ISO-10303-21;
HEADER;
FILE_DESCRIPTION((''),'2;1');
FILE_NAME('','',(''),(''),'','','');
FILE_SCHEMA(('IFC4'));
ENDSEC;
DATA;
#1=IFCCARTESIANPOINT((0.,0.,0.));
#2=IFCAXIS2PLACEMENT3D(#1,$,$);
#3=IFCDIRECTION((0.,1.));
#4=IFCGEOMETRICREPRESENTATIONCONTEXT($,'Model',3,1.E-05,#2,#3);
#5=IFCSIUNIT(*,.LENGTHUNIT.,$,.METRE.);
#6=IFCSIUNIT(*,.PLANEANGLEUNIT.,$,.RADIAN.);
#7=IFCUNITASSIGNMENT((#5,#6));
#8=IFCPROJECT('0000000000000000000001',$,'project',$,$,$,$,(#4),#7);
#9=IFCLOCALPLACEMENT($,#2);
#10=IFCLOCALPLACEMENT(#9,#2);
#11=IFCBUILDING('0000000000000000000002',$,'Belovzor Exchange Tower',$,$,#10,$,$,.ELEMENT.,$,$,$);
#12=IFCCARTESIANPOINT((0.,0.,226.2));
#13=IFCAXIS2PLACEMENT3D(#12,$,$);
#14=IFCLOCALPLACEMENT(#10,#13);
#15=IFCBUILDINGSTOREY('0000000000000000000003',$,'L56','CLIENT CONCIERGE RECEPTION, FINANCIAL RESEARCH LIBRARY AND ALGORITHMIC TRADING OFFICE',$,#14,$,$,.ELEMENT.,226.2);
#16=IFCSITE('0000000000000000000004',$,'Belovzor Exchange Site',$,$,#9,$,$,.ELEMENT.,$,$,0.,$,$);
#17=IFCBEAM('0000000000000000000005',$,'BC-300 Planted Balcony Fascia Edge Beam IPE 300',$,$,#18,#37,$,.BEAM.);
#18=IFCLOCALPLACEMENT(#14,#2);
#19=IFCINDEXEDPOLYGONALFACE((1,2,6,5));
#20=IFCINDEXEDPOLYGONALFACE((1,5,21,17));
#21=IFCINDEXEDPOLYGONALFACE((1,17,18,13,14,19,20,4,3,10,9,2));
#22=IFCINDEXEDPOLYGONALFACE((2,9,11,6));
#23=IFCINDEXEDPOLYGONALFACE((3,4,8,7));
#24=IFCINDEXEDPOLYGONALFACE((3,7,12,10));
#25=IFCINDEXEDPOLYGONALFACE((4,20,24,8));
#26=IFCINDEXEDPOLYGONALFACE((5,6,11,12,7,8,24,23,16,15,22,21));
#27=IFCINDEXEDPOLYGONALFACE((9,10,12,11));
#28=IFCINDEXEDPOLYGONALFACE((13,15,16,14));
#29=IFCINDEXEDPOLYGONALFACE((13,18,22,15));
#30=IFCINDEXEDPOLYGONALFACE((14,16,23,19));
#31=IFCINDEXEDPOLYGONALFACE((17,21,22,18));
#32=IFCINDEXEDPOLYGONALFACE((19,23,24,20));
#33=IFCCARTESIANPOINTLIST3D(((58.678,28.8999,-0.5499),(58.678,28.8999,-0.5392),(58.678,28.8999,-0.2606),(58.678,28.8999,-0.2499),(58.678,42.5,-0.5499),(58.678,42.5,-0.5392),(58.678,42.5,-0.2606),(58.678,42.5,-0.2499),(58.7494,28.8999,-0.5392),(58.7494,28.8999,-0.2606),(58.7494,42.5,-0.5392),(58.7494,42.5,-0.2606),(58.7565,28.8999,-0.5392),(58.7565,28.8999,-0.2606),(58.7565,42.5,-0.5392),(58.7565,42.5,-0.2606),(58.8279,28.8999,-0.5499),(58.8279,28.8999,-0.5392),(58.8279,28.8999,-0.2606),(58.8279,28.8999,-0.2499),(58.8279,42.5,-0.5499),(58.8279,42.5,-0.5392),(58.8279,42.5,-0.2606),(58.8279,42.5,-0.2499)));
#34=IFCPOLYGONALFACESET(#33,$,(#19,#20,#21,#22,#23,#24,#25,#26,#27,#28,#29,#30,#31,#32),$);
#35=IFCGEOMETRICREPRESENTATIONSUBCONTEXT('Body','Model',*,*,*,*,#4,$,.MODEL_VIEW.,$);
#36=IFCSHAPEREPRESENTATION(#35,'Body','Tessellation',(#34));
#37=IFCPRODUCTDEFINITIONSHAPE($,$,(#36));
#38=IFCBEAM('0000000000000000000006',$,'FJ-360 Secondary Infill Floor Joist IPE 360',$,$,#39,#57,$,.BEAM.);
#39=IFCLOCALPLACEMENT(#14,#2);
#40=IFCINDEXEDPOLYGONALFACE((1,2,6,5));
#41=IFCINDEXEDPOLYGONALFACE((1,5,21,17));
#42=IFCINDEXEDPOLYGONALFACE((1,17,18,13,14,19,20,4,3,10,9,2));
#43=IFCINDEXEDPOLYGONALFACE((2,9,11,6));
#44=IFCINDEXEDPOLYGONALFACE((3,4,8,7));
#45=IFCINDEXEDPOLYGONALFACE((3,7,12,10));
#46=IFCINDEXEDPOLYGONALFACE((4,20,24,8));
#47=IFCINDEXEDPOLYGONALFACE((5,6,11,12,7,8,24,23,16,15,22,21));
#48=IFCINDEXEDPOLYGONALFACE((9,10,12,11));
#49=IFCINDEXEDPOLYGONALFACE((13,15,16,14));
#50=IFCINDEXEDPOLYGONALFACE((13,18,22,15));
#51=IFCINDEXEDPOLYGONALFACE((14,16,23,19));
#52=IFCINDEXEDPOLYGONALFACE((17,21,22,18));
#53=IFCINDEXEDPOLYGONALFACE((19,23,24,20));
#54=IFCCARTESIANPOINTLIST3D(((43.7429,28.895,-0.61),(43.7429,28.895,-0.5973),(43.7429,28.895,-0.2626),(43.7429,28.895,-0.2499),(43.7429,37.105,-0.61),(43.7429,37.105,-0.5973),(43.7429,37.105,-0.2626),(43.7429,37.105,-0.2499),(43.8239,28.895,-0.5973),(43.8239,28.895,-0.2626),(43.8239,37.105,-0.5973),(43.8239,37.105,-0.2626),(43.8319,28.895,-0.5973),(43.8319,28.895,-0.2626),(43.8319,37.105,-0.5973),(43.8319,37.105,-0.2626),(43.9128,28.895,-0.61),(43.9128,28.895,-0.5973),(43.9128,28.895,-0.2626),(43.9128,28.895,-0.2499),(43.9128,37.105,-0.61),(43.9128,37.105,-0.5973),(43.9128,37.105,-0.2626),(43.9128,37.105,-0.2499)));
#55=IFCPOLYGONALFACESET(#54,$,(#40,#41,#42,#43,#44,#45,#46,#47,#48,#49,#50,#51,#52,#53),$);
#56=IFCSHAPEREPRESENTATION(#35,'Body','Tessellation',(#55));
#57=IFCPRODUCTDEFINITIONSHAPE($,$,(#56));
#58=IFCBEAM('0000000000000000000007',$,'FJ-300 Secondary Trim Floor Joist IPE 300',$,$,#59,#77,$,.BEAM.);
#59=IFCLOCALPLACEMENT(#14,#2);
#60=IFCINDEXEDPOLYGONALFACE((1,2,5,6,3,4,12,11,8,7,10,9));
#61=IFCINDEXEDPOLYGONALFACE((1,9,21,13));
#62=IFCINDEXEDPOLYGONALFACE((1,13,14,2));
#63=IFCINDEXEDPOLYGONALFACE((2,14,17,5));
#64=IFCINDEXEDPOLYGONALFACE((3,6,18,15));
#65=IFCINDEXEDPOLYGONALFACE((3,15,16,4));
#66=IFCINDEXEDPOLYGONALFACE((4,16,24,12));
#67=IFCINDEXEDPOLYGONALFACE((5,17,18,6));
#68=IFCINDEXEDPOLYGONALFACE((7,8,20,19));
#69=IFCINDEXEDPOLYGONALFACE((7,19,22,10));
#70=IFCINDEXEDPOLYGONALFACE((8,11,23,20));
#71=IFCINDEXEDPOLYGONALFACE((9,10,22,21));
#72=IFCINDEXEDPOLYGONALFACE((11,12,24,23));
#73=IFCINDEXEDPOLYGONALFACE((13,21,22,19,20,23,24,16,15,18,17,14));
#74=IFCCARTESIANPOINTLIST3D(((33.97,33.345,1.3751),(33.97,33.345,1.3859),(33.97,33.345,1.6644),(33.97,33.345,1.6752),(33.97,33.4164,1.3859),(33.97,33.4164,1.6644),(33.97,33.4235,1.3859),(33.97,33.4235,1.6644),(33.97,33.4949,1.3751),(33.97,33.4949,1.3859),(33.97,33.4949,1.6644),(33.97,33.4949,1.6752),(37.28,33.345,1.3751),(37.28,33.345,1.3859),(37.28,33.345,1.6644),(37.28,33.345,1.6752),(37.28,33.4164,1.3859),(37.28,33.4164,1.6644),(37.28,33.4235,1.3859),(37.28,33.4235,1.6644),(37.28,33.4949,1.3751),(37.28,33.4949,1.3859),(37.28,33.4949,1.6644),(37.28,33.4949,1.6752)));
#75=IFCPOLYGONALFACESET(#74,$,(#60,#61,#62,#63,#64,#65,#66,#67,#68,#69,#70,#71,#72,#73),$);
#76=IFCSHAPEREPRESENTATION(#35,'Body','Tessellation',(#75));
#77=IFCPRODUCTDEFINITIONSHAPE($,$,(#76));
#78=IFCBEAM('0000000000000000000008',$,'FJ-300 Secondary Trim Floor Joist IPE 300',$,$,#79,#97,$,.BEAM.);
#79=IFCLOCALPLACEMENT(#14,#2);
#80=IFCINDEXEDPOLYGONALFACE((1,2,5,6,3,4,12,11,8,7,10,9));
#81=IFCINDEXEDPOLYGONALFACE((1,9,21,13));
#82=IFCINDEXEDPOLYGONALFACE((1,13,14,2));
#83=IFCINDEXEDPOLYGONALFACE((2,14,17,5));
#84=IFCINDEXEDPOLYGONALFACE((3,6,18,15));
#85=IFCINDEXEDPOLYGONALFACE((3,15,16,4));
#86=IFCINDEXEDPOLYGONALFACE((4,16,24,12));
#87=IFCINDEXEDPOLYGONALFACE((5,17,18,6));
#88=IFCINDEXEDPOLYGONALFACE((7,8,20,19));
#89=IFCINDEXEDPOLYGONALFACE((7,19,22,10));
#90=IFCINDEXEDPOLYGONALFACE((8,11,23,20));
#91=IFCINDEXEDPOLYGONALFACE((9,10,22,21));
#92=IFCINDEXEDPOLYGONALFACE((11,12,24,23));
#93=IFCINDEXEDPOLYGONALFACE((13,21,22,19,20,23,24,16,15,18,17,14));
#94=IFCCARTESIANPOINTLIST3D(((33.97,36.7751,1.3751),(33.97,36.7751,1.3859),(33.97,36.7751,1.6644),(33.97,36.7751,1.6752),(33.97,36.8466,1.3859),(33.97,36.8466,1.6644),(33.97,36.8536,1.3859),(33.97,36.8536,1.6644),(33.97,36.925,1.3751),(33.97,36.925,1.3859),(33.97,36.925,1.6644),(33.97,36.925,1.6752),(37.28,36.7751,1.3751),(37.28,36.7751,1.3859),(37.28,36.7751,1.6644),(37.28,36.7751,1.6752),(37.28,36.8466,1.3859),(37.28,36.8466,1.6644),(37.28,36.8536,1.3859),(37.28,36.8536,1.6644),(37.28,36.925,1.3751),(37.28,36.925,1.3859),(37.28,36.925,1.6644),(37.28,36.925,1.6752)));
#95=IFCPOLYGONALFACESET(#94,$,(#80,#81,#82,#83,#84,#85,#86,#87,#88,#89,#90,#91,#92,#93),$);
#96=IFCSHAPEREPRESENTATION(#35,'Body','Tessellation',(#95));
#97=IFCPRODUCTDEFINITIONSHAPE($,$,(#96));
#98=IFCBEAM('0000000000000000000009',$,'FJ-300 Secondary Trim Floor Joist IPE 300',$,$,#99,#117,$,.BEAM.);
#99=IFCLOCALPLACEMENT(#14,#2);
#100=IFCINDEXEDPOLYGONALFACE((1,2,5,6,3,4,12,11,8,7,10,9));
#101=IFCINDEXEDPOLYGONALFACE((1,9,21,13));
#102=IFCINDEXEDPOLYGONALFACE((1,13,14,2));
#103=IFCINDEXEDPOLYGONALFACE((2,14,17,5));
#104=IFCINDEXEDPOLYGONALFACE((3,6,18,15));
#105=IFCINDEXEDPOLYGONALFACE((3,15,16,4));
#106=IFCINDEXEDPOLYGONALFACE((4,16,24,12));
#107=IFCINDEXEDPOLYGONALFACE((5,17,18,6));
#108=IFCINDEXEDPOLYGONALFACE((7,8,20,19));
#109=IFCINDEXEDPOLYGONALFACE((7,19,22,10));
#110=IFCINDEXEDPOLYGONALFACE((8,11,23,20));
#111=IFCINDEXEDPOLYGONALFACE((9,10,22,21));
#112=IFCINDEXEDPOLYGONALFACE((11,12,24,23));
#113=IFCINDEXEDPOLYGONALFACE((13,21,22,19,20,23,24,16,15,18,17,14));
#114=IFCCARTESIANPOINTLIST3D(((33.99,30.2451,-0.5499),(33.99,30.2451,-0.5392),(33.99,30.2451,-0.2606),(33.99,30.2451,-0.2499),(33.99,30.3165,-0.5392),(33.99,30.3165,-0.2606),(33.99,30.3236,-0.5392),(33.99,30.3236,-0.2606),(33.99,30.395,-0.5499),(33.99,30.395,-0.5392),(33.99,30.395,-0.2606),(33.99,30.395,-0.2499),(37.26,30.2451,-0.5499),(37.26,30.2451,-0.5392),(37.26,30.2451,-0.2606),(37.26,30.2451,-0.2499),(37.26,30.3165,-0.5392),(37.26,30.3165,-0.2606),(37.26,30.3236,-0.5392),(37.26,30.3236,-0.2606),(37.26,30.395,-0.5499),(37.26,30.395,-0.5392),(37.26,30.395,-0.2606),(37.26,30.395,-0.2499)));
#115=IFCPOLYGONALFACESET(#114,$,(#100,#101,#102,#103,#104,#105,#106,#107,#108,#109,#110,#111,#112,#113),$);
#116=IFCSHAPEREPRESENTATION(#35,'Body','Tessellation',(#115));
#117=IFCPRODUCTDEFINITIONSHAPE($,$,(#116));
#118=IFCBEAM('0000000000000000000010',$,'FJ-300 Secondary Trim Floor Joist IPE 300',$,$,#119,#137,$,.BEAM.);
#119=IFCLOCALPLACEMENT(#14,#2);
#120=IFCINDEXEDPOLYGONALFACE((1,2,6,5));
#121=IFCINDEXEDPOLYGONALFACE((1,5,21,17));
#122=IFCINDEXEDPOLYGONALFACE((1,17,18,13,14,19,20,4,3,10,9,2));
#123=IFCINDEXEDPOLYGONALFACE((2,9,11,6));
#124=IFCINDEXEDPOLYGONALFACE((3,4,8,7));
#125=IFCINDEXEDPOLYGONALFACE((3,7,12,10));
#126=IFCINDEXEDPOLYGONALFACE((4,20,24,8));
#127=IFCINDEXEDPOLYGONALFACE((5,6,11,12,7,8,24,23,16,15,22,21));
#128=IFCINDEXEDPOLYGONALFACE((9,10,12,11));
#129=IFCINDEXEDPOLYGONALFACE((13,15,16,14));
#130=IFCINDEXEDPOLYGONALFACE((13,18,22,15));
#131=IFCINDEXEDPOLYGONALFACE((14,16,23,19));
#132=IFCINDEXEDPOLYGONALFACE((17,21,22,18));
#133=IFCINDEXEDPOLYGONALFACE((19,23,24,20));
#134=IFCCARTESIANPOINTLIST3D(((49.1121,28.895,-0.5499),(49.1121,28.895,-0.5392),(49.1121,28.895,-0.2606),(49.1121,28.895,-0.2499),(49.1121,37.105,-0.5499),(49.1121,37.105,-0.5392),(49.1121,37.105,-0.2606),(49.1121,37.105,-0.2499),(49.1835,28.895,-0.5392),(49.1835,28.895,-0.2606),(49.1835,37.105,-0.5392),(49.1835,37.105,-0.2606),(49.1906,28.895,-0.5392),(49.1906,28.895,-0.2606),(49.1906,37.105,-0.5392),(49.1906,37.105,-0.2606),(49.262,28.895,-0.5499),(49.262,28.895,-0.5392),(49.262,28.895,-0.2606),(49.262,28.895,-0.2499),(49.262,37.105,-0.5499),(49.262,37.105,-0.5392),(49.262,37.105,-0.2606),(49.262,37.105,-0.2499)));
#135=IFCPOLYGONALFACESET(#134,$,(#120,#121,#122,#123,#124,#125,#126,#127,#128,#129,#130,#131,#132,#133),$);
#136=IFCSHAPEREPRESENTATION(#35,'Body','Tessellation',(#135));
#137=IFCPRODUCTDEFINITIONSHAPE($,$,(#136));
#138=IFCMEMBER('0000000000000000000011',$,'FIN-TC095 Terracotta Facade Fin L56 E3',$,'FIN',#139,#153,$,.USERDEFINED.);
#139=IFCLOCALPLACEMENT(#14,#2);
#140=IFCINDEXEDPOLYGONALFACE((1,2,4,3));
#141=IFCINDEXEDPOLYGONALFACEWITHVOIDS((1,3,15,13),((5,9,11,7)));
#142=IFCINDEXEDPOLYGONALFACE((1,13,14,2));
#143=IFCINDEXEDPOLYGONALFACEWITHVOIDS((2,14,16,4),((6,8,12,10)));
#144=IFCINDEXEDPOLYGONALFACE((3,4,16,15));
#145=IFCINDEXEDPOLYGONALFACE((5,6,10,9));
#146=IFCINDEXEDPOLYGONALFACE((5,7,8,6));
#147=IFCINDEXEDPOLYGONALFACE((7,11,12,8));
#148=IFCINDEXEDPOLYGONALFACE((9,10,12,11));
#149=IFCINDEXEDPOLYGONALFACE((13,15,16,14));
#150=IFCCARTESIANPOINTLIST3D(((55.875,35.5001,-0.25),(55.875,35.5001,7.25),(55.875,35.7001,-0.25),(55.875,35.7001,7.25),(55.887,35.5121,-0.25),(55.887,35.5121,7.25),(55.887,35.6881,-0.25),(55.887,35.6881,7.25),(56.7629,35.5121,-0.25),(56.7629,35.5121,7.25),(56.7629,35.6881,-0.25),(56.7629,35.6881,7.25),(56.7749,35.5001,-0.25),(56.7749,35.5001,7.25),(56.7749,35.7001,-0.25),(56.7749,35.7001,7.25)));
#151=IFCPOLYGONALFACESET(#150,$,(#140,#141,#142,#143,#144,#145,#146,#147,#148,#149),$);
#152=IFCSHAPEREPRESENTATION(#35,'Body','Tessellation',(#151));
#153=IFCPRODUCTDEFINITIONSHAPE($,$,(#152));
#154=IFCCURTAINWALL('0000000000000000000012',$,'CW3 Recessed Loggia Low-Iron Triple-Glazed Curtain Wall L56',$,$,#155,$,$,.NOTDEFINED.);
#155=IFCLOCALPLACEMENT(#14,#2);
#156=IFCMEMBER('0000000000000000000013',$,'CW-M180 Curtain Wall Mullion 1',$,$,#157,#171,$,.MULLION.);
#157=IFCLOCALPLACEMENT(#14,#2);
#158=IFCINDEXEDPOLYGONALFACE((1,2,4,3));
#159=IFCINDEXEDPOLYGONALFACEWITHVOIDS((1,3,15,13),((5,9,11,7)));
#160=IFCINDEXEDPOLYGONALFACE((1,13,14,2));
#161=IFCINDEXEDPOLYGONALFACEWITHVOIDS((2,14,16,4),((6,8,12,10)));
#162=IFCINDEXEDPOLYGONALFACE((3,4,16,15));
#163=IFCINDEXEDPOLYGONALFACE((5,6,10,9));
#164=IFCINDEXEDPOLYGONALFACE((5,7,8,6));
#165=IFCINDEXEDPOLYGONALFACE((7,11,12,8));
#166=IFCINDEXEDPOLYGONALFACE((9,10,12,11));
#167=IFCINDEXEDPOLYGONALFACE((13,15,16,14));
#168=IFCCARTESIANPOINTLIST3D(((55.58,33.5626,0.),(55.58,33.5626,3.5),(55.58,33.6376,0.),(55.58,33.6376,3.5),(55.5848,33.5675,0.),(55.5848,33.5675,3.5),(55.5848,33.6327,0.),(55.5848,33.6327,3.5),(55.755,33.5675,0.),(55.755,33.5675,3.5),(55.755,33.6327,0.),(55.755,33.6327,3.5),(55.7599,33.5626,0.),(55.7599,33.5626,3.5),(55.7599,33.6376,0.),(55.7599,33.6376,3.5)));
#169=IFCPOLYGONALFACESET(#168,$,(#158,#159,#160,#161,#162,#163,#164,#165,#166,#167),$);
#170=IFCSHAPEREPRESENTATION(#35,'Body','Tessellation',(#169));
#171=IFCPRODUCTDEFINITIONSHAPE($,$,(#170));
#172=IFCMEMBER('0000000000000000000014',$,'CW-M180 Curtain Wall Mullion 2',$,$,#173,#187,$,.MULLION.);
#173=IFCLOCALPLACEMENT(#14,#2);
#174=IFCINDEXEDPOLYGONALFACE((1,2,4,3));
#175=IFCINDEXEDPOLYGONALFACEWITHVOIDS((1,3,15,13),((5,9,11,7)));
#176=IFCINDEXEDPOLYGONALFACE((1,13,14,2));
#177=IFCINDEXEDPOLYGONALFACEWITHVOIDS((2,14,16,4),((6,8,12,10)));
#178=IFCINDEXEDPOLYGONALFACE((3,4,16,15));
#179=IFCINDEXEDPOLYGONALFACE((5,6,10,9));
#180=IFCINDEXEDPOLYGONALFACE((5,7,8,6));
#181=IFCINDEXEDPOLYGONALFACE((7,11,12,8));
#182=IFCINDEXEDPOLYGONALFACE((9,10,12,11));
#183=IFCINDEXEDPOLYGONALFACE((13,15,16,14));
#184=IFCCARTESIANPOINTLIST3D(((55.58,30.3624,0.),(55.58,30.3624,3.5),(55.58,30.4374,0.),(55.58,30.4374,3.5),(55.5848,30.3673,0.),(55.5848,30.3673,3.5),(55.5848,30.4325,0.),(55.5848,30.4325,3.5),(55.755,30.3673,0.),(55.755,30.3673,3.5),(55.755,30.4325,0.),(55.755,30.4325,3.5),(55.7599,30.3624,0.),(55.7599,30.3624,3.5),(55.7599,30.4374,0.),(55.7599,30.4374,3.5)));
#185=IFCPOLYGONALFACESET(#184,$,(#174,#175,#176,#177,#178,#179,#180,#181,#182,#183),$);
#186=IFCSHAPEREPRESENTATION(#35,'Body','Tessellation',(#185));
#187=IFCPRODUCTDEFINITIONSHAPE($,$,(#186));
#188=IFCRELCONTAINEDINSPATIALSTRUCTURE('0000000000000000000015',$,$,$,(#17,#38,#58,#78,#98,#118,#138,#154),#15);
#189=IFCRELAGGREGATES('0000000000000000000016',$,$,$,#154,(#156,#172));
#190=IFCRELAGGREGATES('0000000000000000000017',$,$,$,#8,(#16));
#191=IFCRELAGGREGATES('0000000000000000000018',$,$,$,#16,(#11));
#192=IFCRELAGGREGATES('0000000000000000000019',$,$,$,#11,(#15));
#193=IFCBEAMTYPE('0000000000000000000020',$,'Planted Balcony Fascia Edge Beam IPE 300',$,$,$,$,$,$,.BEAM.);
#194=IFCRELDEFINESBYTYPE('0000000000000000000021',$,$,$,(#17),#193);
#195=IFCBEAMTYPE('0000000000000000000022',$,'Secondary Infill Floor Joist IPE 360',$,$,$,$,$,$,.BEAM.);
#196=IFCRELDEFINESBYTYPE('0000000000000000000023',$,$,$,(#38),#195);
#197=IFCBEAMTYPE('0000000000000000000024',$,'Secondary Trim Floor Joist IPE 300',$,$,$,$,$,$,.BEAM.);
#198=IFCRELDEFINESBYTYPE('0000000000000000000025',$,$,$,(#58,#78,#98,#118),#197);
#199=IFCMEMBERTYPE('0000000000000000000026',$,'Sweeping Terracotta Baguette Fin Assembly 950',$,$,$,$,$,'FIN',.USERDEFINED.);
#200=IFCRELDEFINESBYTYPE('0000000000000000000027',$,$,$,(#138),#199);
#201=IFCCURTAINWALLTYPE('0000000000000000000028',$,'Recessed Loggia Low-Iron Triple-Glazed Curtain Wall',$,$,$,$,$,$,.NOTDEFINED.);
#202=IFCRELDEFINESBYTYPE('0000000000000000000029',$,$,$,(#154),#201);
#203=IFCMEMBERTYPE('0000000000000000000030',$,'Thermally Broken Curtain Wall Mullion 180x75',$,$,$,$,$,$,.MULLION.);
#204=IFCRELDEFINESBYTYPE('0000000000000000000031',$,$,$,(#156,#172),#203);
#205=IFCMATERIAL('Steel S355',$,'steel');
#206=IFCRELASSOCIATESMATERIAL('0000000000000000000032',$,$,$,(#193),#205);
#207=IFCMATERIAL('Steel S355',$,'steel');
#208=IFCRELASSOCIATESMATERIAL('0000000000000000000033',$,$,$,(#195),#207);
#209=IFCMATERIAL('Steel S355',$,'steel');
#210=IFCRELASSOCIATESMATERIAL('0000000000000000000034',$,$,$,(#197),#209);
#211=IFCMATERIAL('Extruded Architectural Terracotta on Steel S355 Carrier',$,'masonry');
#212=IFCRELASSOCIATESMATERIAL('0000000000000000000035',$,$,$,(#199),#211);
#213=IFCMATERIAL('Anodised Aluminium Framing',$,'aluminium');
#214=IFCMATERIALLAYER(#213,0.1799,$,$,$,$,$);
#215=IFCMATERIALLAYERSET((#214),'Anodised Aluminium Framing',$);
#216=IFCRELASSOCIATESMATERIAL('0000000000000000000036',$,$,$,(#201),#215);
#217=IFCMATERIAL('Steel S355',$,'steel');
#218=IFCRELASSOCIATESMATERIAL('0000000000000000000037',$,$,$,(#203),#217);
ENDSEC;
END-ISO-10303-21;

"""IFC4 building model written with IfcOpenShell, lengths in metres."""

from ifc_helpers import new_model, si_unit, direction, frame, origin, origin_2d, place, context, subcontext, project, spatial, hollow_rectangle, i_section, extrude, material, layer, layer_set, material_profile, profile_set, type_object, element, aggregate, save


model = new_model("IFC4")

# Units and contexts
model_context = context("Model", 3, precision=1e-05, world=origin(), true_north=direction((0.0, 1.0)))
body_context = subcontext(model_context, "Body", "Model", "MODEL_VIEW")
ifc_project = project(units=[si_unit("LENGTHUNIT", "METRE"), si_unit("PLANEANGLEUNIT", "RADIAN")], contexts=[model_context])

# Site, building, storey
site_placement = place(None, origin())
site = spatial("IfcSite", under=ifc_project, at=site_placement, Name="Belovzor Exchange Site", CompositionType="ELEMENT", RefElevation=0.0)
building_placement = place(site_placement, origin())
building = spatial("IfcBuilding", under=site, at=building_placement, Name="Belovzor Exchange Tower", CompositionType="ELEMENT")
storey_placement = place(building_placement, frame((0.0, 0.0, 226.2)))
storey = spatial("IfcBuildingStorey", under=building, at=storey_placement, Name="L56", Description="CLIENT CONCIERGE RECEPTION, FINANCIAL RESEARCH LIBRARY AND ALGORITHMIC TRADING OFFICE", CompositionType="ELEMENT", Elevation=226.2)

# Beams
ifc_material_1 = material(Name="Steel S355", Category="steel")
ifc_material_profile_1 = material_profile(ifc_material_1, i_section(OverallWidth=0.1499, OverallDepth=0.3, WebThickness=0.0071, FlangeThickness=0.0107, at=origin_2d()))
ifc_profile_set_1 = profile_set([ifc_material_profile_1], Name="Steel S355")
beam_type_1 = type_object("IfcBeamType", Name="Planted Balcony Fascia Edge Beam IPE 300", PredefinedType="BEAM", material=ifc_profile_set_1)
beam_1_placement = place(storey_placement, frame((58.7529, 28.8999, -0.3999), z_axis=(0.0, 1.0, 0.0), x_axis=(-1.0, 0.0, 0.0)))
element("IfcBeam", 1, at=beam_1_placement, inside=storey, type_object=beam_type_1, Name="BC-300 Planted Balcony Fascia Edge Beam IPE 300", PredefinedType="BEAM", context=body_context, shape_type="SweptSolid", body=[
    extrude(i_section(OverallWidth=0.1499, OverallDepth=0.3, WebThickness=0.0071, FlangeThickness=0.0107, at=origin_2d()), origin(), (0.0, 0.0, 1.0), 13.6001),
])
ifc_material_2 = material(Name="Steel S355", Category="steel")
ifc_material_profile_2 = material_profile(ifc_material_2, i_section(OverallWidth=0.1699, OverallDepth=0.3601, WebThickness=0.0081, FlangeThickness=0.0127, at=origin_2d()))
ifc_profile_set_2 = profile_set([ifc_material_profile_2], Name="Steel S355")
beam_type_2 = type_object("IfcBeamType", Name="Secondary Infill Floor Joist IPE 360", PredefinedType="BEAM", material=ifc_profile_set_2)
beam_2_placement = place(storey_placement, frame((43.8279, 28.895, -0.4299), z_axis=(0.0, 1.0, 0.0), x_axis=(-1.0, 0.0, 0.0)))
element("IfcBeam", 2, at=beam_2_placement, inside=storey, type_object=beam_type_2, Name="FJ-360 Secondary Infill Floor Joist IPE 360", PredefinedType="BEAM", context=body_context, shape_type="SweptSolid", body=[
    extrude(i_section(OverallWidth=0.1699, OverallDepth=0.3601, WebThickness=0.0081, FlangeThickness=0.0127, at=origin_2d()), origin(), (0.0, 0.0, 1.0), 8.21),
])
ifc_material_3 = material(Name="Steel S355", Category="steel")
ifc_material_profile_3 = material_profile(ifc_material_3, i_section(OverallWidth=0.1499, OverallDepth=0.3, WebThickness=0.0071, FlangeThickness=0.0107, at=origin_2d()))
ifc_profile_set_3 = profile_set([ifc_material_profile_3], Name="Steel S355")
beam_type_3 = type_object("IfcBeamType", Name="Secondary Trim Floor Joist IPE 300", PredefinedType="BEAM", material=ifc_profile_set_3)
for number, where, z_axis, x_axis, name in (
    (3, (37.28, 33.4199, 1.5251), (-1.0, 0.0, 0.0), (0.0, -1.0, 0.0), "FJ-300 Secondary Trim Floor Joist IPE 300"),
    (4, (37.28, 36.8501, 1.5251), (-1.0, 0.0, 0.0), (0.0, -1.0, 0.0), "FJ-300 Secondary Trim Floor Joist IPE 300"),
):
    element("IfcBeam", number, at=place(storey_placement, frame(where, z_axis=z_axis, x_axis=x_axis)), inside=storey, type_object=beam_type_3, Name=name, PredefinedType="BEAM", context=body_context, shape_type="SweptSolid", body=[
        extrude(i_section(OverallWidth=0.1499, OverallDepth=0.3, WebThickness=0.0071, FlangeThickness=0.0107, at=origin_2d()), origin(), (0.0, 0.0, 1.0), 3.3101),
    ])
beam_3_placement = place(storey_placement, frame((37.26, 30.3201, -0.3999), z_axis=(-1.0, 0.0, 0.0), x_axis=(0.0, -1.0, 0.0)))
element("IfcBeam", 5, at=beam_3_placement, inside=storey, type_object=beam_type_3, Name="FJ-300 Secondary Trim Floor Joist IPE 300", PredefinedType="BEAM", context=body_context, shape_type="SweptSolid", body=[
    extrude(i_section(OverallWidth=0.1499, OverallDepth=0.3, WebThickness=0.0071, FlangeThickness=0.0107, at=origin_2d()), origin(), (0.0, 0.0, 1.0), 3.27),
])
beam_4_placement = place(storey_placement, frame((49.187, 28.895, -0.3999), z_axis=(0.0, 1.0, 0.0), x_axis=(-1.0, 0.0, 0.0)))
element("IfcBeam", 6, at=beam_4_placement, inside=storey, type_object=beam_type_3, Name="FJ-300 Secondary Trim Floor Joist IPE 300", PredefinedType="BEAM", context=body_context, shape_type="SweptSolid", body=[
    extrude(i_section(OverallWidth=0.1499, OverallDepth=0.3, WebThickness=0.0071, FlangeThickness=0.0107, at=origin_2d()), origin(), (0.0, 0.0, 1.0), 8.21),
])

# Member
ifc_material_4 = material(Name="Extruded Architectural Terracotta on Steel S355 Carrier", Category="masonry")
ifc_material_profile_4 = material_profile(ifc_material_4, hollow_rectangle(XDim=0.2, YDim=0.8999, WallThickness=0.012, at=origin_2d()))
ifc_profile_set_4 = profile_set([ifc_material_profile_4], Name="Extruded Architectural Terracotta on Steel S355 Carrier")
member_type_1 = type_object("IfcMemberType", Name="Sweeping Terracotta Baguette Fin Assembly 950", ElementType="FIN", PredefinedType="USERDEFINED", material=ifc_profile_set_4)
member_1_placement = place(storey_placement, frame((56.325, 35.6001, -0.25), z_axis=(0.0, 0.0, 1.0), x_axis=(0.0, 1.0, 0.0)))
element("IfcMember", 7, at=member_1_placement, inside=storey, type_object=member_type_1, Name="FIN-TC095 Terracotta Facade Fin L56 E3", ObjectType="FIN", PredefinedType="USERDEFINED", context=body_context, shape_type="SweptSolid", body=[
    extrude(hollow_rectangle(XDim=0.2, YDim=0.8999, WallThickness=0.012, at=origin_2d()), origin(), (0.0, 0.0, 1.0), 7.5),
])

# Curtain wall, members
ifc_material_5 = material(Name="Anodised Aluminium Framing", Category="aluminium")
ifc_layer_1 = layer(ifc_material_5, 0.1799)
ifc_layer_set_1 = layer_set([ifc_layer_1], Name="Anodised Aluminium Framing")
curtain_wall_type = type_object("IfcCurtainWallType", Name="Recessed Loggia Low-Iron Triple-Glazed Curtain Wall", PredefinedType="NOTDEFINED", material=ifc_layer_set_1)
curtain_wall_placement = place(storey_placement, origin())
curtain_wall = element("IfcCurtainWall", 8, at=curtain_wall_placement, inside=storey, type_object=curtain_wall_type, Name="CW3 Recessed Loggia Low-Iron Triple-Glazed Curtain Wall L56", PredefinedType="NOTDEFINED")
ifc_material_6 = material(Name="Steel S355", Category="steel")
ifc_material_profile_5 = material_profile(ifc_material_6, hollow_rectangle(XDim=0.075, YDim=0.1799, WallThickness=0.0049, at=origin_2d()))
ifc_profile_set_5 = profile_set([ifc_material_profile_5], Name="Steel S355")
member_type_2 = type_object("IfcMemberType", Name="Thermally Broken Curtain Wall Mullion 180x75", PredefinedType="MULLION", material=ifc_profile_set_5)
member_2_placement = place(storey_placement, frame((55.6699, 33.6001, 0.0), z_axis=(0.0, 0.0, 1.0), x_axis=(0.0, -1.0, 0.0)))
member_2 = element("IfcMember", 9, at=member_2_placement, type_object=member_type_2, Name="CW-M180 Curtain Wall Mullion 1", PredefinedType="MULLION", context=body_context, shape_type="SweptSolid", body=[
    extrude(hollow_rectangle(XDim=0.075, YDim=0.1799, WallThickness=0.0049, at=origin_2d()), origin(), (0.0, 0.0, 1.0), 3.5),
])
member_3_placement = place(storey_placement, frame((55.6699, 30.3999, 0.0), z_axis=(0.0, 0.0, 1.0), x_axis=(0.0, -1.0, 0.0)))
member_3 = element("IfcMember", 10, at=member_3_placement, type_object=member_type_2, Name="CW-M180 Curtain Wall Mullion 2", PredefinedType="MULLION", context=body_context, shape_type="SweptSolid", body=[
    extrude(hollow_rectangle(XDim=0.075, YDim=0.1799, WallThickness=0.0049, at=origin_2d()), origin(), (0.0, 0.0, 1.0), 3.5),
])

aggregate(curtain_wall, [member_2, member_3])

save(model, "model.ifc")
